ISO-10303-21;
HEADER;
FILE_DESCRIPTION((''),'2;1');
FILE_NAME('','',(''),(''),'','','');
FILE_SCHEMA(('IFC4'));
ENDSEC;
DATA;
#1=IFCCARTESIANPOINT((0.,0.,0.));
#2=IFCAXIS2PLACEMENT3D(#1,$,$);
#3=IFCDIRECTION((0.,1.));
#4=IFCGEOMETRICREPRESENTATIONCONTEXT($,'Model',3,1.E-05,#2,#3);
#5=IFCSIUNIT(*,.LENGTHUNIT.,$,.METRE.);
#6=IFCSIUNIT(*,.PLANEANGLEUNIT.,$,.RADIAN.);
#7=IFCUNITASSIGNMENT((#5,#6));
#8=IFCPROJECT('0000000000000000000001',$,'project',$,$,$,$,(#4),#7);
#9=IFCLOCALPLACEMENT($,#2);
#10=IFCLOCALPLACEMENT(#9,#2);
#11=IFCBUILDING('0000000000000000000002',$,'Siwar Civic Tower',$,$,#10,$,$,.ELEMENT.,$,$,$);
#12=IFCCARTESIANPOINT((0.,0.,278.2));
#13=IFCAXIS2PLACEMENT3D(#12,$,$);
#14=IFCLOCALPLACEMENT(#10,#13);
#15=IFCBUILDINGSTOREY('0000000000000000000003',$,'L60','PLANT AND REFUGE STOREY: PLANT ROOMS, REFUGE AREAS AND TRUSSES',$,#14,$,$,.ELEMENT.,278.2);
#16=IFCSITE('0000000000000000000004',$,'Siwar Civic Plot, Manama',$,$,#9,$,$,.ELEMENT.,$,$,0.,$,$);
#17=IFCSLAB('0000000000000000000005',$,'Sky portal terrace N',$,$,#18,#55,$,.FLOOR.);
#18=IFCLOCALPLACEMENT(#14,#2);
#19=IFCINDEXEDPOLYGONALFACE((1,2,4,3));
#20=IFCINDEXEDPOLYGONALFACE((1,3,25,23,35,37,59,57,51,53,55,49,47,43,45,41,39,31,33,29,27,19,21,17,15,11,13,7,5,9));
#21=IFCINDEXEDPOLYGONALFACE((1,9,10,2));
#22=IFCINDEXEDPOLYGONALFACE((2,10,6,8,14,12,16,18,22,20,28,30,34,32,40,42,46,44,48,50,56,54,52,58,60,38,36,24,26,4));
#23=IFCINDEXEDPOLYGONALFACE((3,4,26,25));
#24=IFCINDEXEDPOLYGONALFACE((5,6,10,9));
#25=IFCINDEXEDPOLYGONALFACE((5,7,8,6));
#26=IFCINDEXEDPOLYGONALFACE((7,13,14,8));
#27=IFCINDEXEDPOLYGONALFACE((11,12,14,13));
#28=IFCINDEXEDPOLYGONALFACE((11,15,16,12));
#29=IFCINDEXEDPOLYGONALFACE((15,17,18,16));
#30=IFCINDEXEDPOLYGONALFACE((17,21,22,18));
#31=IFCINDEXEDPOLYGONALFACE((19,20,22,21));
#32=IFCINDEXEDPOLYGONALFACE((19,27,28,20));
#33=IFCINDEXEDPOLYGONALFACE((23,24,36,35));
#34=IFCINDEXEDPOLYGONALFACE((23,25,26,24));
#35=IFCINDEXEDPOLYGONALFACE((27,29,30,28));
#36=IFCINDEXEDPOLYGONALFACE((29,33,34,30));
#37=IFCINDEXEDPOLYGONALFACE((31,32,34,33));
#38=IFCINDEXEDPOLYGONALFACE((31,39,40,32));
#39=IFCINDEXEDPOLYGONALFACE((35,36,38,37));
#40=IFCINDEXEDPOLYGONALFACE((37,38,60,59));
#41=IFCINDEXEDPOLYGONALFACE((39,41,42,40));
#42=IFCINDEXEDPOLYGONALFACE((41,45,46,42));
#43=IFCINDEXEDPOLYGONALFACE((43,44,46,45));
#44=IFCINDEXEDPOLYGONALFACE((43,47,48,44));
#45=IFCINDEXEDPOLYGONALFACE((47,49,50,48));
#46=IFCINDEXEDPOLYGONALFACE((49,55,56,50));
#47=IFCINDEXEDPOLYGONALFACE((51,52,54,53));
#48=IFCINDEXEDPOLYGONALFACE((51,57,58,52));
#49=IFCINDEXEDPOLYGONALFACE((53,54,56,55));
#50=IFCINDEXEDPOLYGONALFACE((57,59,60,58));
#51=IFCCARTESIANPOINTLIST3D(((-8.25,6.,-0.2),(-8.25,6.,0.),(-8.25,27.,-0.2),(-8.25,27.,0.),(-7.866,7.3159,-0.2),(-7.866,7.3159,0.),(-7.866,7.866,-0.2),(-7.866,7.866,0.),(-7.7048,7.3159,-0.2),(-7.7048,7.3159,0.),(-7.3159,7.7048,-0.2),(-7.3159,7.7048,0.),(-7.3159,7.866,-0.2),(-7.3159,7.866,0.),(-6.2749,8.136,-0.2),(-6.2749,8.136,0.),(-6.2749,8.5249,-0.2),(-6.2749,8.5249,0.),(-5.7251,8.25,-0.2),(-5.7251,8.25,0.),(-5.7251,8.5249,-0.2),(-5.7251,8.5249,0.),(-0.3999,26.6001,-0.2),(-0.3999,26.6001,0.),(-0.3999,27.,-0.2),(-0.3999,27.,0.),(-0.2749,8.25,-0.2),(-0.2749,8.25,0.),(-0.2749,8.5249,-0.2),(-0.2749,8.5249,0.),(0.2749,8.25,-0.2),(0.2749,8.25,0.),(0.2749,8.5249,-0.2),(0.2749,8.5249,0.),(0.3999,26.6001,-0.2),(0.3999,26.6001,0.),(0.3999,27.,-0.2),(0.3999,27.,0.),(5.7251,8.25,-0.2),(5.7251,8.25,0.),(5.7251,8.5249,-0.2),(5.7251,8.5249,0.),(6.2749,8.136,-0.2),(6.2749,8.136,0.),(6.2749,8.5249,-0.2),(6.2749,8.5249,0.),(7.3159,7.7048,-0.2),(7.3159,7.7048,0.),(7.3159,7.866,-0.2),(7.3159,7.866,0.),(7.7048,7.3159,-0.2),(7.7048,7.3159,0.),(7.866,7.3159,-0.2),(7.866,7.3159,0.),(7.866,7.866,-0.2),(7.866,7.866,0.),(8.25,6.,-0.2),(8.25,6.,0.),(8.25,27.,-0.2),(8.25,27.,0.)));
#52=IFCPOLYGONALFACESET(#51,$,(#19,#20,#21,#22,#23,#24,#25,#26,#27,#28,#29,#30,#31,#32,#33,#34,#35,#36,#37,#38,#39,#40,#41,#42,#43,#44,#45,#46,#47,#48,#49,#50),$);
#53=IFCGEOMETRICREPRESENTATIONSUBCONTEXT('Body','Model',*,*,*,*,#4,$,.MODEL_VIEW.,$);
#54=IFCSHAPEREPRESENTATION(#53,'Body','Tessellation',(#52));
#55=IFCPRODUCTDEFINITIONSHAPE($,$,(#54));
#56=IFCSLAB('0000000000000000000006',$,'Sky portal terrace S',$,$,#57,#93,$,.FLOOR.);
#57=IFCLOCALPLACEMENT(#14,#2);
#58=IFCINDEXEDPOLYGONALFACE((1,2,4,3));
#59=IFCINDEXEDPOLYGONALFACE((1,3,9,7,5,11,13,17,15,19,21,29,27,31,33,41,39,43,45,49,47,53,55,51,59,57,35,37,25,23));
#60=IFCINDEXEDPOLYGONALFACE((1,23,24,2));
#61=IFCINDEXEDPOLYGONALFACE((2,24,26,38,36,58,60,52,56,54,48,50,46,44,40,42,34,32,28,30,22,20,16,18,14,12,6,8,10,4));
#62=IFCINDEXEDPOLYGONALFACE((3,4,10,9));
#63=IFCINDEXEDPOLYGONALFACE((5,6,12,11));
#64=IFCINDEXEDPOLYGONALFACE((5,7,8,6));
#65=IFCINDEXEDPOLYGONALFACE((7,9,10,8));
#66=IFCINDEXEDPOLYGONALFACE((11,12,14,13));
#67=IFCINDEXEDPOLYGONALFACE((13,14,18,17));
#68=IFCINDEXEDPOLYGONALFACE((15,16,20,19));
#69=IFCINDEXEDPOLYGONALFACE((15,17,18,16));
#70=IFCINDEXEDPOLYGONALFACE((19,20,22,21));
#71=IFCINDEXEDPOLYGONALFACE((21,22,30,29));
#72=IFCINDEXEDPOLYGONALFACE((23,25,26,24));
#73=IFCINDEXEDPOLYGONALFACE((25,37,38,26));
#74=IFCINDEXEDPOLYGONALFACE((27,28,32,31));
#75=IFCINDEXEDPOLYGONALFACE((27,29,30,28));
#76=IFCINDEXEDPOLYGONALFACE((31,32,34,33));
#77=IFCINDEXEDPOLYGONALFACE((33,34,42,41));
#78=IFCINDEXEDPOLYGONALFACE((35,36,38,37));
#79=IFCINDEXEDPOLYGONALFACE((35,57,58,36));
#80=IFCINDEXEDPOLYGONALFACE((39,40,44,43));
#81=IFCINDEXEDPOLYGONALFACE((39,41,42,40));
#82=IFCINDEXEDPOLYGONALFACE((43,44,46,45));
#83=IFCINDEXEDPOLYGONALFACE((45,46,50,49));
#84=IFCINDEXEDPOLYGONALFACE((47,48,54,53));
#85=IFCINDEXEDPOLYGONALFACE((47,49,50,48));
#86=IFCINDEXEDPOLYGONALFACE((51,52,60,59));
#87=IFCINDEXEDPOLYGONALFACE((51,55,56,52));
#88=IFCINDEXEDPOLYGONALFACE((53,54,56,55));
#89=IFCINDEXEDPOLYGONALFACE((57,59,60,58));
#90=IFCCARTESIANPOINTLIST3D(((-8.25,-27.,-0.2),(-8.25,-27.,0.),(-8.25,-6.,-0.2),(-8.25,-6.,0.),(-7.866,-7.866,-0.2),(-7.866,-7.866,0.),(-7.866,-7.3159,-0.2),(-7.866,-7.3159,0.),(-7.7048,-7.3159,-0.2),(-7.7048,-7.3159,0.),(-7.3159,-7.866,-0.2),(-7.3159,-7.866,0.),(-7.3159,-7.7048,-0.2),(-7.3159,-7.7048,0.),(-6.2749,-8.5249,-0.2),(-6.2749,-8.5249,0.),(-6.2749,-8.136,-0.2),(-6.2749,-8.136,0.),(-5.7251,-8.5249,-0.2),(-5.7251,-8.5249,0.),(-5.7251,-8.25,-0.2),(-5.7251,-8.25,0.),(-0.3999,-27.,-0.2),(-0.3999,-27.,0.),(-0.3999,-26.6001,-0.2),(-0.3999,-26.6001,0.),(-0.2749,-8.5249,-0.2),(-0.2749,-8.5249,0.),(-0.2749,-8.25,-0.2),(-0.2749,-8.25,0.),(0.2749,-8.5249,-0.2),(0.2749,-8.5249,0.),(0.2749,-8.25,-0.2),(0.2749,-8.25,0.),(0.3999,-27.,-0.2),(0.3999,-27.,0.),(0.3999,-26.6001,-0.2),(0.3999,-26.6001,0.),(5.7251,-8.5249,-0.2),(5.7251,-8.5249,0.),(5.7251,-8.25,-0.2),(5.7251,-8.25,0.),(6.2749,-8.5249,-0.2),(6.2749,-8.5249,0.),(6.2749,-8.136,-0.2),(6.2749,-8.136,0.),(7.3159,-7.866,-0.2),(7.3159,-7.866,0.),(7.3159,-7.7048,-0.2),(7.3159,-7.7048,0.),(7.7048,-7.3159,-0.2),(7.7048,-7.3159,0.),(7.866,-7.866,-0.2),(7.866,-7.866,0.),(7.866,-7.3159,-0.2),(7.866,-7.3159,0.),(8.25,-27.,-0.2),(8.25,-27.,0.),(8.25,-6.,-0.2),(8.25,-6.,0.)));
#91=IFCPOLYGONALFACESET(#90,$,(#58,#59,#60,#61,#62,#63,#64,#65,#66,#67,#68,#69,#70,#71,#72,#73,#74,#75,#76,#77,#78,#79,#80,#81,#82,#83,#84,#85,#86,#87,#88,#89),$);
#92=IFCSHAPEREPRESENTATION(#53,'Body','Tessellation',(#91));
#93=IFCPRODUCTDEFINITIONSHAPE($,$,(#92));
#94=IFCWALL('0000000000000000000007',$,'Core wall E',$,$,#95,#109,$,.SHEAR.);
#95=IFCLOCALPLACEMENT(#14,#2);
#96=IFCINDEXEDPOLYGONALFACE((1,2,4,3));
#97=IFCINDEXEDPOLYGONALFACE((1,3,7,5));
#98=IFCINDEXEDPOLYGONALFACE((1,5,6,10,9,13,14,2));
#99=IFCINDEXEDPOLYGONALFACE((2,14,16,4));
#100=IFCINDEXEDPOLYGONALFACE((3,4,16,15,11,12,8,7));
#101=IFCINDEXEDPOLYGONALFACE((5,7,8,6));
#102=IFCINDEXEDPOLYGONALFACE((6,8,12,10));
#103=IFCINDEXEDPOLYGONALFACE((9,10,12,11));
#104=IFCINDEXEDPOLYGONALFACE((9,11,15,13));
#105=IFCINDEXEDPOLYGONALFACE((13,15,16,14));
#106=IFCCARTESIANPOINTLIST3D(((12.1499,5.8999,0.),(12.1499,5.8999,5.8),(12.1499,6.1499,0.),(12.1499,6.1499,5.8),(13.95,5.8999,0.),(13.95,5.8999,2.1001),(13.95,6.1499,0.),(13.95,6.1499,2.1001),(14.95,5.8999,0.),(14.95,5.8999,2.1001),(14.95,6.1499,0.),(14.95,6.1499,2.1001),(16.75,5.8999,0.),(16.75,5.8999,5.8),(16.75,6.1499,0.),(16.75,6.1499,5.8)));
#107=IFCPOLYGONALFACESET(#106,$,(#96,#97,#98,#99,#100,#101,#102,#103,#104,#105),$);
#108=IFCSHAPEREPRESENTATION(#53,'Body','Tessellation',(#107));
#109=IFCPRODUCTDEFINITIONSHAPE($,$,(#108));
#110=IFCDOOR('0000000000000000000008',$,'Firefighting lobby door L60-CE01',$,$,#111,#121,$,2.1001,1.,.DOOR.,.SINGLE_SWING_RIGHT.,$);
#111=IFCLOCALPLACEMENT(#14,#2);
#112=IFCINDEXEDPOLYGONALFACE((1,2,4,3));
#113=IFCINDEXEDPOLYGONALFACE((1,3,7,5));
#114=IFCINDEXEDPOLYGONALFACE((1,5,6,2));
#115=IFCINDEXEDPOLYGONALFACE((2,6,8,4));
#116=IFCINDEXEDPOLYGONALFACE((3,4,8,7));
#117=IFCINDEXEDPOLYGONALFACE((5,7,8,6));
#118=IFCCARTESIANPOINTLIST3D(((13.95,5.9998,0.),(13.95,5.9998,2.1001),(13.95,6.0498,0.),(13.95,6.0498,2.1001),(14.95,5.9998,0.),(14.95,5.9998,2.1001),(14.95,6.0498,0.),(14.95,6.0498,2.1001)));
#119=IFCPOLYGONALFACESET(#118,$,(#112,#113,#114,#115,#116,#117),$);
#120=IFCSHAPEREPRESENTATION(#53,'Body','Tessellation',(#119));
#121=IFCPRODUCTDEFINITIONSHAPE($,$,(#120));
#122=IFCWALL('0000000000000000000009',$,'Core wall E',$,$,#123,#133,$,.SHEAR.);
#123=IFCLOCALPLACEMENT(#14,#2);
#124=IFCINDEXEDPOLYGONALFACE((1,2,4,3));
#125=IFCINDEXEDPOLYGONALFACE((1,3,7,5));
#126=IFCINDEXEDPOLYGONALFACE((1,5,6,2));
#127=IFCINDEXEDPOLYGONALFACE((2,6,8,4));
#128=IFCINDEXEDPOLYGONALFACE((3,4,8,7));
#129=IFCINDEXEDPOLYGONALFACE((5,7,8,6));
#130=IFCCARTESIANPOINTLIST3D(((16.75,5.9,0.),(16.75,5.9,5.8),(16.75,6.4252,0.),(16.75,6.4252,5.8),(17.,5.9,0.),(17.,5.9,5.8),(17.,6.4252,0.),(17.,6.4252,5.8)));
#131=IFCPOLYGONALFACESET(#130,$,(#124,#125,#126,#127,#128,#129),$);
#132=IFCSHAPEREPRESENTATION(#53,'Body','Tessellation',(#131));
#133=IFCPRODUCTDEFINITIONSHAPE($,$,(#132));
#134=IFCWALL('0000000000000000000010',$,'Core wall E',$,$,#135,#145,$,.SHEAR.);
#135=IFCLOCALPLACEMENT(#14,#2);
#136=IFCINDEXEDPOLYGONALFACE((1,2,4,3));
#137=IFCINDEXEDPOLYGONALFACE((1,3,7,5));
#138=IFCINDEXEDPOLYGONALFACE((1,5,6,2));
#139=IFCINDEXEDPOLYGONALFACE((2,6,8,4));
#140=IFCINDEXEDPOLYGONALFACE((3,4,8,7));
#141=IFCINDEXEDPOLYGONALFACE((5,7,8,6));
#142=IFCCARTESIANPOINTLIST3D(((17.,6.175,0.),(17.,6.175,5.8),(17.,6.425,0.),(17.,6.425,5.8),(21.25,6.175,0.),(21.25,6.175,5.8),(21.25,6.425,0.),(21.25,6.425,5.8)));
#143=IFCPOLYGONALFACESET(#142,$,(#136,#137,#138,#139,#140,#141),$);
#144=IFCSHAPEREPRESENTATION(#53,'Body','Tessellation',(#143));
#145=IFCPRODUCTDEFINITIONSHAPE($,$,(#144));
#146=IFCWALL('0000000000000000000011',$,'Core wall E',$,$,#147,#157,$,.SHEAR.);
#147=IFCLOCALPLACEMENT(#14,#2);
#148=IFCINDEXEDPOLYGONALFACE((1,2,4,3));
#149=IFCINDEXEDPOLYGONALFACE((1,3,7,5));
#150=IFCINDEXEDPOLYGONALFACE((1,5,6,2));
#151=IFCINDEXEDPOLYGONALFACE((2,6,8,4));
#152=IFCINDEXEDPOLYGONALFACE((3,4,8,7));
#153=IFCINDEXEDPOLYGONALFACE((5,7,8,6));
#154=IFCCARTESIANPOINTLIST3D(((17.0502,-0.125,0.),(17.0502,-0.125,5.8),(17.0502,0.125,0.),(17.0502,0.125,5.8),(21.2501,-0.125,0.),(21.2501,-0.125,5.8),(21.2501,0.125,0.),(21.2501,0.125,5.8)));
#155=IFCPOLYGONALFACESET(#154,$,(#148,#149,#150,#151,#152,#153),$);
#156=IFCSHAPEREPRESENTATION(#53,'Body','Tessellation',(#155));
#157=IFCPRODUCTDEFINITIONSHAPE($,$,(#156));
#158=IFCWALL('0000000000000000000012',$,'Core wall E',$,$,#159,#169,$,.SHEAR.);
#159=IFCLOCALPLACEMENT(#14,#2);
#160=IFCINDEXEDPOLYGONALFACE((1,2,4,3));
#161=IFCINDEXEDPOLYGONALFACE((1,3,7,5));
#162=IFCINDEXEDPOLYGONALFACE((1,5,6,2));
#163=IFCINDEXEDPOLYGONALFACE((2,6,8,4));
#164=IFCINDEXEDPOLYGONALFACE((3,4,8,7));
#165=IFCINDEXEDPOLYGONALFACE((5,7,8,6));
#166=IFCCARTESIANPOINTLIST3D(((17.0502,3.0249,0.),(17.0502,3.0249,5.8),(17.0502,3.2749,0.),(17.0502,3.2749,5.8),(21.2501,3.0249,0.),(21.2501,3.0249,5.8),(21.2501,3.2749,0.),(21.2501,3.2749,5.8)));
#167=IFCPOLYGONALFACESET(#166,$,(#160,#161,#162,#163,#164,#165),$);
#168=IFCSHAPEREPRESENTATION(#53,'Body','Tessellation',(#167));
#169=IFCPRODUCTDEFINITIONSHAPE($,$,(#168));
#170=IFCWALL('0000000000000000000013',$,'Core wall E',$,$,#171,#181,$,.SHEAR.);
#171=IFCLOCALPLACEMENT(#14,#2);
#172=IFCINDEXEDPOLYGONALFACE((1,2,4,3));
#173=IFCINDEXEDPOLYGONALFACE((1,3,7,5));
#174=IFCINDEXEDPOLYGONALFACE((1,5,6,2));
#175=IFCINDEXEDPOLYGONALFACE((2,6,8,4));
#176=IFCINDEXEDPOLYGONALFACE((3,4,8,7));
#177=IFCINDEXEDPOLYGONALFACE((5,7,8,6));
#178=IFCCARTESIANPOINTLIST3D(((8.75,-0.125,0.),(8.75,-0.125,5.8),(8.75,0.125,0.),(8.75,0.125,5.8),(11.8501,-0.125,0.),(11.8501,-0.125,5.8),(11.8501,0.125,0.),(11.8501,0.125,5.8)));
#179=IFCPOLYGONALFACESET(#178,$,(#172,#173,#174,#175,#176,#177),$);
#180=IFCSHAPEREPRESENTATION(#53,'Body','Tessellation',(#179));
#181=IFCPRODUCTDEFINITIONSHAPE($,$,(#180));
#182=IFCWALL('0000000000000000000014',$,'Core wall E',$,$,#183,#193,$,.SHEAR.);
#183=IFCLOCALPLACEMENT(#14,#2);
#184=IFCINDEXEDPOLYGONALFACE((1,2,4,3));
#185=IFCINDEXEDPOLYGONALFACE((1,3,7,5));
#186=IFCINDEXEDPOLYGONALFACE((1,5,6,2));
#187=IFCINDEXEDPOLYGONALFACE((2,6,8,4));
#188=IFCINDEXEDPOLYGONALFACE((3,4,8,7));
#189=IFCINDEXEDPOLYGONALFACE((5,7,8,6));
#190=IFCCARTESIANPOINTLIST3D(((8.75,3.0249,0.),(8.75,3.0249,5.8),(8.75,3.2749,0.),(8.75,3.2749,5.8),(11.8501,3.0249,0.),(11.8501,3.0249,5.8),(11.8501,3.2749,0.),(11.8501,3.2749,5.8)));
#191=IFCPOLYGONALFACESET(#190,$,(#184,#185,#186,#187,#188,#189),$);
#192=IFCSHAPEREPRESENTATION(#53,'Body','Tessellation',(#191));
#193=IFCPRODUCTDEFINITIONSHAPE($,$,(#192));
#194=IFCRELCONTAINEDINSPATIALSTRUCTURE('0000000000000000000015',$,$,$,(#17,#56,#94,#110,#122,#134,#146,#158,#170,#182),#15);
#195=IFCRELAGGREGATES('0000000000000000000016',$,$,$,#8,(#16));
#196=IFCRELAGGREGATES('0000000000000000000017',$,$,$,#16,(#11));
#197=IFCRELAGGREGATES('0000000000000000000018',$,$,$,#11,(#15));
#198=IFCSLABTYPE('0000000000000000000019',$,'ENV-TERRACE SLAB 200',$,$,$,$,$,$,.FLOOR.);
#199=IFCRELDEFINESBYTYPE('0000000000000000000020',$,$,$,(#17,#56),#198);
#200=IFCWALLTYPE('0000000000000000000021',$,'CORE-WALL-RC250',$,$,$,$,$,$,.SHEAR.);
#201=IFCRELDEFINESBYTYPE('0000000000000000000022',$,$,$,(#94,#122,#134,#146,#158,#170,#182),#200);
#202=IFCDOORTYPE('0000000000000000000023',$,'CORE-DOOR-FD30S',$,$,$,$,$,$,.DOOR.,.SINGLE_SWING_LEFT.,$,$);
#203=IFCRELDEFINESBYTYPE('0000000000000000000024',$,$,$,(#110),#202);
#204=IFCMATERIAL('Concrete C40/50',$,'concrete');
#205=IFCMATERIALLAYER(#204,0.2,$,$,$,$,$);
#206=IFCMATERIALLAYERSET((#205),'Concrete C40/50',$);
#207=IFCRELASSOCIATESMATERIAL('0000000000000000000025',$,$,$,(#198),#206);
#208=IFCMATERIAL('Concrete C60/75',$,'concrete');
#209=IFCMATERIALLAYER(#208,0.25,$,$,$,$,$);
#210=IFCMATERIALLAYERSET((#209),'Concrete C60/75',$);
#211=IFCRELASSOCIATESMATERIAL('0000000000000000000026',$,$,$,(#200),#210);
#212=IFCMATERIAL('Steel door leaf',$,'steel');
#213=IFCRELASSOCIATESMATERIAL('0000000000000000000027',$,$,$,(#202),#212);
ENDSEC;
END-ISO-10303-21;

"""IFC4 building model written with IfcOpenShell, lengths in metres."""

from ifc_helpers import new_model, si_unit, direction, frame, frame_2d, origin, place, context, subcontext, project, spatial, polyline, rectangle, outline, extrude, material, layer, layer_set, type_object, element, fill, save


model = new_model("IFC4")

# Units and contexts
model_context = context("Model", 3, precision=1e-05, world=origin(), true_north=direction((0.0, 1.0)))
body_context = subcontext(model_context, "Body", "Model", "MODEL_VIEW")
ifc_project = project(units=[si_unit("LENGTHUNIT", "METRE"), si_unit("PLANEANGLEUNIT", "RADIAN")], contexts=[model_context])

# Site, building, storey
site_placement = place(None, origin())
site = spatial("IfcSite", under=ifc_project, at=site_placement, Name="Siwar Civic Plot, Manama", CompositionType="ELEMENT", RefElevation=0.0)
building_placement = place(site_placement, origin())
building = spatial("IfcBuilding", under=site, at=building_placement, Name="Siwar Civic Tower", CompositionType="ELEMENT")
storey_placement = place(building_placement, frame((0.0, 0.0, 278.2)))
storey = spatial("IfcBuildingStorey", under=building, at=storey_placement, Name="L60", Description="PLANT AND REFUGE STOREY: PLANT ROOMS, REFUGE AREAS AND TRUSSES", CompositionType="ELEMENT", Elevation=278.2)

# Slabs
ifc_material_1 = material(Name="Concrete C40/50", Category="concrete")
ifc_layer_1 = layer(ifc_material_1, 0.2)
ifc_layer_set_1 = layer_set([ifc_layer_1], Name="Concrete C40/50")
slab_type = type_object("IfcSlabType", Name="ENV-TERRACE SLAB 200", PredefinedType="FLOOR", material=ifc_layer_set_1)
slab_1_placement = place(storey_placement, frame((0.0, 0.0, -0.2)))
element("IfcSlab", 1, at=slab_1_placement, inside=storey, type_object=slab_type, Name="Sky portal terrace N", PredefinedType="FLOOR", context=body_context, shape_type="SweptSolid", body=[
    extrude(outline(polyline([(-0.3999, 27.0), (-8.25, 27.0), (-8.25, 6.0), (-7.7048, 7.3159), (-7.866, 7.3159), (-7.866, 7.866), (-7.3159, 7.866), (-7.3159, 7.7048), (-6.2749, 8.136), (-6.2749, 8.5249), (-5.7251, 8.5249), (-5.7251, 8.25), (-0.2749, 8.25), (-0.2749, 8.5249), (0.2749, 8.5249), (0.2749, 8.25), (5.7251, 8.25), (5.7251, 8.5249), (6.2749, 8.5249), (6.2749, 8.136), (7.3159, 7.7048), (7.3159, 7.866), (7.866, 7.866), (7.866, 7.3159), (7.7048, 7.3159), (8.25, 6.0), (8.25, 27.0), (0.3999, 27.0), (0.3999, 26.6001), (-0.3999, 26.6001), (-0.3999, 27.0)])), origin(), (0.0, 0.0, 1.0), 0.2),
])
slab_2_placement = place(storey_placement, frame((0.0, 0.0, -0.2)))
element("IfcSlab", 2, at=slab_2_placement, inside=storey, type_object=slab_type, Name="Sky portal terrace S", PredefinedType="FLOOR", context=body_context, shape_type="SweptSolid", body=[
    extrude(outline(polyline([(-7.866, -7.3159), (-7.7048, -7.3159), (-8.25, -6.0), (-8.25, -27.0), (-0.3999, -27.0), (-0.3999, -26.6001), (0.3999, -26.6001), (0.3999, -27.0), (8.25, -27.0), (8.25, -6.0), (7.7048, -7.3159), (7.866, -7.3159), (7.866, -7.866), (7.3159, -7.866), (7.3159, -7.7048), (6.2749, -8.136), (6.2749, -8.5249), (5.7251, -8.5249), (5.7251, -8.25), (0.2749, -8.25), (0.2749, -8.5249), (-0.2749, -8.5249), (-0.2749, -8.25), (-5.7251, -8.25), (-5.7251, -8.5249), (-6.2749, -8.5249), (-6.2749, -8.136), (-7.3159, -7.7048), (-7.3159, -7.866), (-7.866, -7.866), (-7.866, -7.3159)])), origin(), (0.0, 0.0, 1.0), 0.2),
])

# Wall, opening, door
ifc_material_2 = material(Name="Concrete C60/75", Category="concrete")
ifc_layer_2 = layer(ifc_material_2, 0.25)
ifc_layer_set_2 = layer_set([ifc_layer_2], Name="Concrete C60/75")
wall_type_1 = type_object("IfcWallType", Name="CORE-WALL-RC250", PredefinedType="SHEAR", material=ifc_layer_set_2)
wall_1_placement = place(storey_placement, frame((12.1499, 6.0249, 0.0), z_axis=(0.0, 0.0, 1.0), x_axis=(1.0, 0.0, 0.0)))
wall_1 = element("IfcWall", 3, at=wall_1_placement, inside=storey, type_object=wall_type_1, Name="Core wall E", PredefinedType="SHEAR", context=body_context, shape_type="SweptSolid", body=[
    extrude(rectangle(XDim=4.6001, YDim=0.25, at=frame_2d((2.3, 0.0))), origin(), (0.0, 0.0, 1.0), 5.8),
])
opening_1_placement = place(wall_1_placement, frame((1.8, 0.0, 0.0)))
opening_1 = element("IfcOpeningElement", 4, at=opening_1_placement, cuts=wall_1, PredefinedType="OPENING", context=body_context, shape_type="SweptSolid", body=[
    extrude(rectangle(XDim=1.0, YDim=2.1001, at=frame_2d((0.5, 1.05))), frame((0.0, 0.135, 0.0), z_axis=(0.0, -1.0, 0.0), x_axis=(1.0, 0.0, 0.0)), (0.0, 0.0, 1.0), 0.27),
])
ifc_material_3 = material(Name="Steel door leaf", Category="steel")
door_type_1 = type_object("IfcDoorType", Name="CORE-DOOR-FD30S", OperationType="SINGLE_SWING_LEFT", PredefinedType="DOOR", material=ifc_material_3)
door_1_placement = place(opening_1_placement, origin())
door_1 = element("IfcDoor", 5, at=door_1_placement, inside=storey, type_object=door_type_1, Name="Firefighting lobby door L60-CE01", OperationType="SINGLE_SWING_RIGHT", OverallHeight=2.1001, OverallWidth=1.0, PredefinedType="DOOR", context=body_context, shape_type="SweptSolid", body=[
    extrude(rectangle(XDim=1.0, YDim=2.1001, at=frame_2d((0.5, 1.05))), frame((0.0, 0.0249, 0.0), z_axis=(0.0, -1.0, 0.0), x_axis=(1.0, 0.0, 0.0)), (0.0, 0.0, 1.0), 0.05),
])
fill(opening_1, door_1)

# Walls
wall_2_placement = place(storey_placement, frame((16.875, 5.8999, 0.0), z_axis=(0.0, 0.0, 1.0), x_axis=(0.0, 1.0, 0.0)))
element("IfcWall", 6, at=wall_2_placement, inside=storey, type_object=wall_type_1, Name="Core wall E", PredefinedType="SHEAR", context=body_context, shape_type="SweptSolid", body=[
    extrude(rectangle(XDim=0.5251, YDim=0.25, at=frame_2d((0.2627, 0.0))), origin(), (0.0, 0.0, 1.0), 5.8),
])
wall_3_placement = place(storey_placement, frame((17.0, 6.3, 0.0), z_axis=(0.0, 0.0, 1.0), x_axis=(1.0, 0.0, 0.0)))
element("IfcWall", 7, at=wall_3_placement, inside=storey, type_object=wall_type_1, Name="Core wall E", PredefinedType="SHEAR", context=body_context, shape_type="SweptSolid", body=[
    extrude(rectangle(XDim=4.25, YDim=0.25, at=frame_2d((2.125, 0.0))), origin(), (0.0, 0.0, 1.0), 5.8),
])
for number, where, z_axis, x_axis, name in (
    (8, (17.05, 0.0, 0.0), (0.0, 0.0, 1.0), (1.0, 0.0, 0.0), "Core wall E"),
    (9, (17.05, 3.1499, 0.0), (0.0, 0.0, 1.0), (1.0, 0.0, 0.0), "Core wall E"),
):
    element("IfcWall", number, at=place(storey_placement, frame(where, z_axis=z_axis, x_axis=x_axis)), inside=storey, type_object=wall_type_1, Name=name, PredefinedType="SHEAR", context=body_context, shape_type="SweptSolid", body=[
        extrude(rectangle(XDim=4.2, YDim=0.25, at=frame_2d((2.1001, 0.0))), origin(), (0.0, 0.0, 1.0), 5.8),
    ])
for number, where, z_axis, x_axis, name in (
    (10, (8.75, 0.0, 0.0), (0.0, 0.0, 1.0), (1.0, 0.0, 0.0), "Core wall E"),
    (11, (8.75, 3.1499, 0.0), (0.0, 0.0, 1.0), (1.0, 0.0, 0.0), "Core wall E"),
):
    element("IfcWall", number, at=place(storey_placement, frame(where, z_axis=z_axis, x_axis=x_axis)), inside=storey, type_object=wall_type_1, Name=name, PredefinedType="SHEAR", context=body_context, shape_type="SweptSolid", body=[
        extrude(rectangle(XDim=3.1001, YDim=0.25, at=frame_2d((1.55, 0.0))), origin(), (0.0, 0.0, 1.0), 5.8),
    ])

save(model, "model.ifc")
